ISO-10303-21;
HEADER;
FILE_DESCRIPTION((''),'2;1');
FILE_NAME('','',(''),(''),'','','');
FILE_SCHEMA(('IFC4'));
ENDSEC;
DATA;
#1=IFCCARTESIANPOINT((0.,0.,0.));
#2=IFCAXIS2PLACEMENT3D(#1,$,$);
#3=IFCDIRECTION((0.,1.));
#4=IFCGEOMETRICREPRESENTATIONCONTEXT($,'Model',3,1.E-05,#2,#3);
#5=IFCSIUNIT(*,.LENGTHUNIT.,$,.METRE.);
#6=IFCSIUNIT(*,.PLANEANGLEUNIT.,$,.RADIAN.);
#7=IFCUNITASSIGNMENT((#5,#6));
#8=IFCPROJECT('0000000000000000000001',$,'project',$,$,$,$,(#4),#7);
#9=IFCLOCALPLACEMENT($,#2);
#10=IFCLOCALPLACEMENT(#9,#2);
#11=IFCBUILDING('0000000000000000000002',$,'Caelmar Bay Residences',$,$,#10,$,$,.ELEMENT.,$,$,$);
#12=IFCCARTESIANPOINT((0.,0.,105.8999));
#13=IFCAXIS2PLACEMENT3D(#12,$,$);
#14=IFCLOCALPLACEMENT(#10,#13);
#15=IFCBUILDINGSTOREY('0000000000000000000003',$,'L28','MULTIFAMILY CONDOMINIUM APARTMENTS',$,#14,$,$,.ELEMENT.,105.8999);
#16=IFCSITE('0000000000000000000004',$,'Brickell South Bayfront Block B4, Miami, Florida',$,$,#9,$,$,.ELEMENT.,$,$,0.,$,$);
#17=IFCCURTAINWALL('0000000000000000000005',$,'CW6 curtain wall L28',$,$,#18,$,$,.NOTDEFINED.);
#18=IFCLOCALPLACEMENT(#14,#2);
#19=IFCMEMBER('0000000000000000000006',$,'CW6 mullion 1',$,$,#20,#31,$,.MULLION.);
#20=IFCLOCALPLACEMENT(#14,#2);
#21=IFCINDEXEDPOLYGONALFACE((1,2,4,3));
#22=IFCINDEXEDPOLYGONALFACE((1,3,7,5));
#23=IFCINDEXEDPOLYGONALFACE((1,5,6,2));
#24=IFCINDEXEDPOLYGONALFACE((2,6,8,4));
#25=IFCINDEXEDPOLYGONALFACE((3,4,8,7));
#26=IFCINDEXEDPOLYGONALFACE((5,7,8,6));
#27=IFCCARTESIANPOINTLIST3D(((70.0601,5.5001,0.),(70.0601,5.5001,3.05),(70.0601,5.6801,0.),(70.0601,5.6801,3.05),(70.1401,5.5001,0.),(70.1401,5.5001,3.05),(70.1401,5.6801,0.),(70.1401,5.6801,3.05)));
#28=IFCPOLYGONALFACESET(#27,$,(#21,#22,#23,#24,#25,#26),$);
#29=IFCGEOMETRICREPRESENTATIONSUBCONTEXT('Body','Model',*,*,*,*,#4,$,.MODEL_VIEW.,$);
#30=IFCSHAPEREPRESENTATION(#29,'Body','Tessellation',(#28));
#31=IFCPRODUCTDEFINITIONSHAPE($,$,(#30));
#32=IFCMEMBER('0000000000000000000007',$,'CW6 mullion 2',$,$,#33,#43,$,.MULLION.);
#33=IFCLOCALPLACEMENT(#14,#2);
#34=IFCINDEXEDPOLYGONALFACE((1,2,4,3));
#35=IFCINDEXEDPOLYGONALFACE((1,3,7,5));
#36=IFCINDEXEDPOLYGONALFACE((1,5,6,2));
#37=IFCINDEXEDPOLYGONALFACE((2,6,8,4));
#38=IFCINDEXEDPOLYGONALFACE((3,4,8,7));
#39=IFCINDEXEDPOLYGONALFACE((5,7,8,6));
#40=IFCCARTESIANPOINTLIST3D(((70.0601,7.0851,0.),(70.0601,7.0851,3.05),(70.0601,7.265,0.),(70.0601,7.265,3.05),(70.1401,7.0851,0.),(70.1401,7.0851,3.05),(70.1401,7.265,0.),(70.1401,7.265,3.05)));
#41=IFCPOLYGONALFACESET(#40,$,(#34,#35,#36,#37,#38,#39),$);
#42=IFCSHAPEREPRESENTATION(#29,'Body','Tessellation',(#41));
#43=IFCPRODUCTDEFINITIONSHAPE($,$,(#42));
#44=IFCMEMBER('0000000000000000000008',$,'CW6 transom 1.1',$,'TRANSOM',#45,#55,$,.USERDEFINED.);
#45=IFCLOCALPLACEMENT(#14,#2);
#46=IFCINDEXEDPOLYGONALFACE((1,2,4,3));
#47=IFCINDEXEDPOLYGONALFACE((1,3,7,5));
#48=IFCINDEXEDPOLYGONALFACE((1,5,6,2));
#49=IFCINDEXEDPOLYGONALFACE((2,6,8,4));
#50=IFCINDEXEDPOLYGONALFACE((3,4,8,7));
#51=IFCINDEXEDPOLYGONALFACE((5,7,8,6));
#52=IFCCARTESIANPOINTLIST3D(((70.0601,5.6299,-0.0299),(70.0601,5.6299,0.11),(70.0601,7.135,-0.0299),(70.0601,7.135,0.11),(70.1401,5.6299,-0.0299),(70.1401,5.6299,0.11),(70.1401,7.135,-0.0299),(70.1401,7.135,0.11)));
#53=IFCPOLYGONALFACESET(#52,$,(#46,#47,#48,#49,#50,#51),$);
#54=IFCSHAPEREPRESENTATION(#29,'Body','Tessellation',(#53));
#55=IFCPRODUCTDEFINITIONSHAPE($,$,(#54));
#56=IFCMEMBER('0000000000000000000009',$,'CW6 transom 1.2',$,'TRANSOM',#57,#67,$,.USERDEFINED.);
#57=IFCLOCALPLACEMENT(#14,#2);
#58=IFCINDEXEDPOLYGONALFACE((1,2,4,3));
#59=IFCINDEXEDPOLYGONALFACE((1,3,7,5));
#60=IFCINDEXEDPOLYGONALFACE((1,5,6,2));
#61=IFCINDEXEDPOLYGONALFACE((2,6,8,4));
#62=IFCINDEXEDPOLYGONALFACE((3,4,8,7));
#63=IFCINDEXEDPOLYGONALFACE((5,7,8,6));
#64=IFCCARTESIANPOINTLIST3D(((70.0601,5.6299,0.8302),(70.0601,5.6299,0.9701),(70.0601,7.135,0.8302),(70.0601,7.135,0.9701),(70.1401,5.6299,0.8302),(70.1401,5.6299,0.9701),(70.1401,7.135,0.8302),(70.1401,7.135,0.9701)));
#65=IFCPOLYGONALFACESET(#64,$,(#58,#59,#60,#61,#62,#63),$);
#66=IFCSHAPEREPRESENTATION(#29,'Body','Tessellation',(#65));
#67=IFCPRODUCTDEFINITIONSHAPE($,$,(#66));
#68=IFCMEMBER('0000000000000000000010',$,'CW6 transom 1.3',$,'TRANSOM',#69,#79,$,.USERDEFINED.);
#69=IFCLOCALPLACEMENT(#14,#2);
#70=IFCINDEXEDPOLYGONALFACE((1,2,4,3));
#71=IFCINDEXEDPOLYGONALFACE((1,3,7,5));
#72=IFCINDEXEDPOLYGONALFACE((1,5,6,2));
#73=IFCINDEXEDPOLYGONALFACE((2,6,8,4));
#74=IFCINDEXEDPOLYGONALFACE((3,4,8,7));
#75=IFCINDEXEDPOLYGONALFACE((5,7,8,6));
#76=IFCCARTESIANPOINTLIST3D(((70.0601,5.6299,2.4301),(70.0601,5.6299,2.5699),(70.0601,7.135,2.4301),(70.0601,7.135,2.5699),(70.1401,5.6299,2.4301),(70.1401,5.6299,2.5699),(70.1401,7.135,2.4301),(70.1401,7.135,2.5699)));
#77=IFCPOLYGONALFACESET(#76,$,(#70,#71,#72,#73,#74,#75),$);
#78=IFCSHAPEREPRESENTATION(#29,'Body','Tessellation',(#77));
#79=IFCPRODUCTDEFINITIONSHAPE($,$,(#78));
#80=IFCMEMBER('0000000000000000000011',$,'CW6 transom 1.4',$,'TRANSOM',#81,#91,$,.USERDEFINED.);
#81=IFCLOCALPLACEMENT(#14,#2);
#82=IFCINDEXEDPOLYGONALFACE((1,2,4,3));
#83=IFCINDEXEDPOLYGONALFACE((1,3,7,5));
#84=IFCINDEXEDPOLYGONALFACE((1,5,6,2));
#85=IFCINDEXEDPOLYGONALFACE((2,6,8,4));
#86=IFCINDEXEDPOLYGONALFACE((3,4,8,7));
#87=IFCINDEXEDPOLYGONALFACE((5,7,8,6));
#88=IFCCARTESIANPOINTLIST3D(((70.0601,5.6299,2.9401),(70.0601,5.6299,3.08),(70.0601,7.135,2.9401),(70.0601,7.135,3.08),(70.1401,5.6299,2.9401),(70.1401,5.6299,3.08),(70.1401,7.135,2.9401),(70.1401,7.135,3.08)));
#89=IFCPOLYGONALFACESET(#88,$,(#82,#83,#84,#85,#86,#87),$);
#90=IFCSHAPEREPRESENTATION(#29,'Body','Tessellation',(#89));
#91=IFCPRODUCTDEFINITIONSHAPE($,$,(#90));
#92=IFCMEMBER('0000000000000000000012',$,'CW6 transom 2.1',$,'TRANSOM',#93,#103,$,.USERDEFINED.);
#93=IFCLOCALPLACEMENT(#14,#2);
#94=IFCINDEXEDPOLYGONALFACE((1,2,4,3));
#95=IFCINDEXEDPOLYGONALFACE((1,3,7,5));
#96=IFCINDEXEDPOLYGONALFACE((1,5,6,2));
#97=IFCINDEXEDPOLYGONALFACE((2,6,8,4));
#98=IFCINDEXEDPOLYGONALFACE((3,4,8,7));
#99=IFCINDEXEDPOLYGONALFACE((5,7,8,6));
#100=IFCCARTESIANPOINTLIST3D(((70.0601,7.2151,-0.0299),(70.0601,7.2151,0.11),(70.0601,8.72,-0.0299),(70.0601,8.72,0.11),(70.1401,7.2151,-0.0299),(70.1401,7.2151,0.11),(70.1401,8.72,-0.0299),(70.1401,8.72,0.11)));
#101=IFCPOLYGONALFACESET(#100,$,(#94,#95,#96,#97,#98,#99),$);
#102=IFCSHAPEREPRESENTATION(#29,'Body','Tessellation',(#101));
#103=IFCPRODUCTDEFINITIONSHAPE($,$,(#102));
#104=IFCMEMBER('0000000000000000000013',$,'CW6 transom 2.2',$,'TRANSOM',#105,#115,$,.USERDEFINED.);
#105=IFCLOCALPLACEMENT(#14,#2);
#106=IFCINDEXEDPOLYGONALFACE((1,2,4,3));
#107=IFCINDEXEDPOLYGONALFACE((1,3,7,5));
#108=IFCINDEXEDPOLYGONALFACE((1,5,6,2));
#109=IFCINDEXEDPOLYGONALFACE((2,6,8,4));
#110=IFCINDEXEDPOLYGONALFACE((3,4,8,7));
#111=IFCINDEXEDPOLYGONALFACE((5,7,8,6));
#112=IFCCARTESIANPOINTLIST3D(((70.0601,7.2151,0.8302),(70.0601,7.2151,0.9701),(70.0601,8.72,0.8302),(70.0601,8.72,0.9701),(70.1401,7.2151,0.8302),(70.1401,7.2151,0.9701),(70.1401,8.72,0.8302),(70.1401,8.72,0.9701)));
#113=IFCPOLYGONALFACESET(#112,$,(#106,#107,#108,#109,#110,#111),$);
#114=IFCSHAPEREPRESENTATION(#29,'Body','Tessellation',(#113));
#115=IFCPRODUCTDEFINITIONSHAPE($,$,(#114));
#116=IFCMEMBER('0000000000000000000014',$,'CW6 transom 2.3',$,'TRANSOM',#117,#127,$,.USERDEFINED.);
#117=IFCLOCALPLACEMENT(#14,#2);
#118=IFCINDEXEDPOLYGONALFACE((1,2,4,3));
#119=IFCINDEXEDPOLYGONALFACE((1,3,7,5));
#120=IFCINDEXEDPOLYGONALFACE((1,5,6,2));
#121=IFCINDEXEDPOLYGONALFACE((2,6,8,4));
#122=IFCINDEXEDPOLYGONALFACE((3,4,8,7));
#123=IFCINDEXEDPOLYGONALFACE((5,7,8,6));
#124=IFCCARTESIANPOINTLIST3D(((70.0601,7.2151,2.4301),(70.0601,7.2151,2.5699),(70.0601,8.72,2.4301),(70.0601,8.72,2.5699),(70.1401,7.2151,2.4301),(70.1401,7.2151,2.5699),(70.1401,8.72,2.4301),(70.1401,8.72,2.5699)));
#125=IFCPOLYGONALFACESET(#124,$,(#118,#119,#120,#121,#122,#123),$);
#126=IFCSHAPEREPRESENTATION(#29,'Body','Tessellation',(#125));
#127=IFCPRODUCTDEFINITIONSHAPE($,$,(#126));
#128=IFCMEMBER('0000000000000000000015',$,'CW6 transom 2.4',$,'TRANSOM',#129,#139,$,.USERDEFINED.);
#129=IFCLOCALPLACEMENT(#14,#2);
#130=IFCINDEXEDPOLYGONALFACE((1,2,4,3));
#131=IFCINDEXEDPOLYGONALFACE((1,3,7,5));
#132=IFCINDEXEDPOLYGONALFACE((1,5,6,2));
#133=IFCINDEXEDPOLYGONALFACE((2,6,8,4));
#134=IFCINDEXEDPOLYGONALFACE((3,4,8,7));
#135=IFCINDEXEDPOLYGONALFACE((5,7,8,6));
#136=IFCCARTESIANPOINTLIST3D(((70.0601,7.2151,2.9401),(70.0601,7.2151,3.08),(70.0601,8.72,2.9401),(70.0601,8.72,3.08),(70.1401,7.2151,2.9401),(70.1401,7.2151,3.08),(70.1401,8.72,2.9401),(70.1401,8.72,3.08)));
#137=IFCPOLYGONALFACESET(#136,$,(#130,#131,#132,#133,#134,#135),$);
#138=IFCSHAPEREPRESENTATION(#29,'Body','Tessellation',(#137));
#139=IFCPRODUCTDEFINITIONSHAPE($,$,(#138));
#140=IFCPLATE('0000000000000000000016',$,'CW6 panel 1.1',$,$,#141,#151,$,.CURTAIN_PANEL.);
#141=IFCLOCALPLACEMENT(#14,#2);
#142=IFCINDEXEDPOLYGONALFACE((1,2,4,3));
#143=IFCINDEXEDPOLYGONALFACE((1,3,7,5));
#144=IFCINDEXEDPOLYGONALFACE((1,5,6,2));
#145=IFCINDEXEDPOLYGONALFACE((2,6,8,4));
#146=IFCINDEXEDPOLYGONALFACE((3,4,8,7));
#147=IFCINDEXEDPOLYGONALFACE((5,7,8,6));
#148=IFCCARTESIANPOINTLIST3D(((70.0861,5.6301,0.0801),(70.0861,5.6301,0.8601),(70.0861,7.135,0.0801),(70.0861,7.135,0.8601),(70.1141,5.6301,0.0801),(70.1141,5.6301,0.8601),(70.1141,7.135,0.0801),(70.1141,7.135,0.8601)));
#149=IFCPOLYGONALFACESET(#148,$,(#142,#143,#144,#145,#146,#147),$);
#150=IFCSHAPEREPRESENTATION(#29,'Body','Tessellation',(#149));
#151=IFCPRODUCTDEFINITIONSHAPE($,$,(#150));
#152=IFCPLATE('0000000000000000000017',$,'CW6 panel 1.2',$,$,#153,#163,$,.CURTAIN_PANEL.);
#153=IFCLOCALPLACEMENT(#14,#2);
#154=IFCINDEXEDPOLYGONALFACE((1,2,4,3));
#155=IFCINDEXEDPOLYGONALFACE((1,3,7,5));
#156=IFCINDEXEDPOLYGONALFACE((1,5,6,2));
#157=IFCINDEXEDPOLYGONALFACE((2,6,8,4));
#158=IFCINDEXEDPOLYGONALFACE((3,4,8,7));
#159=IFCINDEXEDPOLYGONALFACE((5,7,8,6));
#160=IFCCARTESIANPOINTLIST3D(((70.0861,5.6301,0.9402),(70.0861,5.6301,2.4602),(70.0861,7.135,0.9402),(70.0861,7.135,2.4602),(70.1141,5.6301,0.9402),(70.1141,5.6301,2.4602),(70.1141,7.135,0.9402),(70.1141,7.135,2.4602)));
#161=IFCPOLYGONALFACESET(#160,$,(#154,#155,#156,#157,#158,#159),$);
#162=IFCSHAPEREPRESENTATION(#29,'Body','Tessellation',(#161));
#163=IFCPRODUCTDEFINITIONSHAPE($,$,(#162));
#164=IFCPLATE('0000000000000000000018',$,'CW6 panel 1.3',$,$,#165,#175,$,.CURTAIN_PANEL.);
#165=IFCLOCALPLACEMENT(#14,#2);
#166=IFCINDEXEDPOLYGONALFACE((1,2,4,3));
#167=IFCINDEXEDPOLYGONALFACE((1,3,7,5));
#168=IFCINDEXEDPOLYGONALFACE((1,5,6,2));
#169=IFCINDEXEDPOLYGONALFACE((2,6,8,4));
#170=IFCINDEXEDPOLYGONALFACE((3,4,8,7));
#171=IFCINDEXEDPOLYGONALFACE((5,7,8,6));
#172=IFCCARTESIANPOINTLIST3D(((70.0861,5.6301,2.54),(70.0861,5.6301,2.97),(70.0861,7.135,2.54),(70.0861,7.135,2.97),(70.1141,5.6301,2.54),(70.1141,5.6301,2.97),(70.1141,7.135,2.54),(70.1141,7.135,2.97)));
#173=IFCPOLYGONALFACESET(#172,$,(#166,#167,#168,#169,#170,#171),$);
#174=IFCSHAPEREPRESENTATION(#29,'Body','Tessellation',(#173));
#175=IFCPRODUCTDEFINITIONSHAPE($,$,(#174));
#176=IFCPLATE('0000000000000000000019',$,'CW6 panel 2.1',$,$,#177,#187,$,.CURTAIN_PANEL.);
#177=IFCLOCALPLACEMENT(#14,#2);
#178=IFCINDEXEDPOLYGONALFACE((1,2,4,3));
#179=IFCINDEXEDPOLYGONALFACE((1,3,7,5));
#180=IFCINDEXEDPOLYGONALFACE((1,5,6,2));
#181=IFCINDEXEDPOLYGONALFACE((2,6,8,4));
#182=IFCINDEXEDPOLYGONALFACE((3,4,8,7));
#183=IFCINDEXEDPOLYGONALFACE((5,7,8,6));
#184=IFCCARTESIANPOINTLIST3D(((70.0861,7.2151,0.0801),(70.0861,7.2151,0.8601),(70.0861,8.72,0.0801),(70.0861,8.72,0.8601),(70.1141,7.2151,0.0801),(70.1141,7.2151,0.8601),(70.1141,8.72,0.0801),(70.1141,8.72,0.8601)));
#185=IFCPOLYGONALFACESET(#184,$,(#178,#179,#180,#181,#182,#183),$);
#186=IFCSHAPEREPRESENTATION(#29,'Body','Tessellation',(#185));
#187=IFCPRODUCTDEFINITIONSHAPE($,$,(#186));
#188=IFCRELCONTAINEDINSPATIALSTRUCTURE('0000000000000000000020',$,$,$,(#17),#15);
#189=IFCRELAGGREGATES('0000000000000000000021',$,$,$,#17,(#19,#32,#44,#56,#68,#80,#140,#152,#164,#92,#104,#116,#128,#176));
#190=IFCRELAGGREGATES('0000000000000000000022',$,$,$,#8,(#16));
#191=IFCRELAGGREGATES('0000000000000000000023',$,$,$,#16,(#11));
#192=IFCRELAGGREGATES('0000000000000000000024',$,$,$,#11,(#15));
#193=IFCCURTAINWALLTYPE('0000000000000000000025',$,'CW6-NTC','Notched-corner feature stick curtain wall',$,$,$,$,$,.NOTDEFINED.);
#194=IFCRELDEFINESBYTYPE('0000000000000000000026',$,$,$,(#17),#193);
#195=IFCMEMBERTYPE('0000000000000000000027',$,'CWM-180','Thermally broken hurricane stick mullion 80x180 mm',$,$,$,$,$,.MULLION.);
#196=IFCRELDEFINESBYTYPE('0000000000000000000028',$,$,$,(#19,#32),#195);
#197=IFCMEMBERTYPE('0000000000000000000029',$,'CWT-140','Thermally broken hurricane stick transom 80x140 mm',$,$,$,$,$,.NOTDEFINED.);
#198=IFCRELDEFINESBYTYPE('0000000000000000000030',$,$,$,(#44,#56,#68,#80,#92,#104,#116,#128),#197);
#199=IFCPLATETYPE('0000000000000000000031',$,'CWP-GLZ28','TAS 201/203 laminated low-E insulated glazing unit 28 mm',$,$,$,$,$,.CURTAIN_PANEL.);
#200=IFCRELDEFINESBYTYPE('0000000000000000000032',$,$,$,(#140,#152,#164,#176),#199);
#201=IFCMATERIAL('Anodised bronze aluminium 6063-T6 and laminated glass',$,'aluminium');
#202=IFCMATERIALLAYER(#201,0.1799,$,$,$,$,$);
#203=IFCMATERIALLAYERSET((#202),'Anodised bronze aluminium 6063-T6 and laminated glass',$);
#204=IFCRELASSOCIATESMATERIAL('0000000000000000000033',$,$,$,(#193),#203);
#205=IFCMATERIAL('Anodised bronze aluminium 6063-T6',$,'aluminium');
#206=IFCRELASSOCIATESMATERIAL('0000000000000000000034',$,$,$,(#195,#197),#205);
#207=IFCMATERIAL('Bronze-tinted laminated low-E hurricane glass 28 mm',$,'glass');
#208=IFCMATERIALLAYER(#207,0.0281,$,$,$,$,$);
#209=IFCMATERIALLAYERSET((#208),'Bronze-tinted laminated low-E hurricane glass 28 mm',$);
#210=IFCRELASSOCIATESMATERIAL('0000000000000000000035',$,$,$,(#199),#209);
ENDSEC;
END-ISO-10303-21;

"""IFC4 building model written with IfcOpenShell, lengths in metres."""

from ifc_helpers import new_model, si_unit, direction, frame, origin, origin_2d, place, context, subcontext, project, spatial, rectangle, extrude, material, layer, layer_set, material_profile, profile_set, type_object, element, aggregate, save


model = new_model("IFC4")

# Units and contexts
model_context = context("Model", 3, precision=1e-05, world=origin(), true_north=direction((0.0, 1.0)))
body_context = subcontext(model_context, "Body", "Model", "MODEL_VIEW")
ifc_project = project(units=[si_unit("LENGTHUNIT", "METRE"), si_unit("PLANEANGLEUNIT", "RADIAN")], contexts=[model_context])

# Site, building, storey
site_placement = place(None, origin())
site = spatial("IfcSite", under=ifc_project, at=site_placement, Name="Brickell South Bayfront Block B4, Miami, Florida", CompositionType="ELEMENT", RefElevation=0.0)
building_placement = place(site_placement, origin())
building = spatial("IfcBuilding", under=site, at=building_placement, Name="Caelmar Bay Residences", CompositionType="ELEMENT")
storey_placement = place(building_placement, frame((0.0, 0.0, 105.8999)))
storey = spatial("IfcBuildingStorey", under=building, at=storey_placement, Name="L28", Description="MULTIFAMILY CONDOMINIUM APARTMENTS", CompositionType="ELEMENT", Elevation=105.8999)

# Curtain wall, members, plates
ifc_material_1 = material(Name="Anodised bronze aluminium 6063-T6 and laminated glass", Category="aluminium")
ifc_layer_1 = layer(ifc_material_1, 0.1799)
ifc_layer_set_1 = layer_set([ifc_layer_1], Name="Anodised bronze aluminium 6063-T6 and laminated glass")
curtain_wall_type = type_object("IfcCurtainWallType", Name="CW6-NTC", Description="Notched-corner feature stick curtain wall", PredefinedType="NOTDEFINED", material=ifc_layer_set_1)
curtain_wall_placement = place(storey_placement, origin())
curtain_wall = element("IfcCurtainWall", 1, at=curtain_wall_placement, inside=storey, type_object=curtain_wall_type, Name="CW6 curtain wall L28", PredefinedType="NOTDEFINED")
ifc_material_2 = material(Name="Anodised bronze aluminium 6063-T6", Category="aluminium")
ifc_material_profile_1 = material_profile(ifc_material_2, rectangle(XDim=0.0801, YDim=0.1799, at=origin_2d()), Name="CWM-80X180")
ifc_profile_set_1 = profile_set([ifc_material_profile_1], Name="Anodised bronze aluminium 6063-T6")
member_type_1 = type_object("IfcMemberType", Name="CWM-180", Description="Thermally broken hurricane stick mullion 80x180 mm", PredefinedType="MULLION", material=ifc_profile_set_1)
member_1_placement = place(storey_placement, frame((70.1001, 5.5901, 0.0), z_axis=(0.0, 0.0, 1.0), x_axis=(-1.0, 0.0, 0.0)))
member_1 = element("IfcMember", 2, at=member_1_placement, type_object=member_type_1, Name="CW6 mullion 1", PredefinedType="MULLION", context=body_context, shape_type="SweptSolid", body=[
    extrude(rectangle(XDim=0.0801, YDim=0.1799, at=origin_2d()), origin(), (0.0, 0.0, 1.0), 3.05),
])
member_2_placement = place(storey_placement, frame((70.1001, 7.175, 0.0), z_axis=(0.0, 0.0, 1.0), x_axis=(-1.0, 0.0, 0.0)))
member_2 = element("IfcMember", 3, at=member_2_placement, type_object=member_type_1, Name="CW6 mullion 2", PredefinedType="MULLION", context=body_context, shape_type="SweptSolid", body=[
    extrude(rectangle(XDim=0.0801, YDim=0.1799, at=origin_2d()), origin(), (0.0, 0.0, 1.0), 3.05),
])
ifc_material_profile_2 = material_profile(ifc_material_2, rectangle(XDim=0.0801, YDim=0.1399, at=origin_2d()), Name="CWT-80X140")
ifc_profile_set_2 = profile_set([ifc_material_profile_2], Name="Anodised bronze aluminium 6063-T6")
member_type_2 = type_object("IfcMemberType", Name="CWT-140", Description="Thermally broken hurricane stick transom 80x140 mm", PredefinedType="NOTDEFINED", material=ifc_profile_set_2)
member_3_placement = place(storey_placement, frame((70.1001, 5.6299, 0.04), z_axis=(0.0, 1.0, 0.0), x_axis=(-1.0, 0.0, 0.0)))
member_3 = element("IfcMember", 4, at=member_3_placement, type_object=member_type_2, Name="CW6 transom 1.1", ObjectType="TRANSOM", PredefinedType="USERDEFINED", context=body_context, shape_type="SweptSolid", body=[
    extrude(rectangle(XDim=0.0801, YDim=0.1399, at=origin_2d()), origin(), (0.0, 0.0, 1.0), 1.5051),
])
member_4_placement = place(storey_placement, frame((70.1001, 5.6299, 0.9001), z_axis=(0.0, 1.0, 0.0), x_axis=(-1.0, 0.0, 0.0)))
member_4 = element("IfcMember", 5, at=member_4_placement, type_object=member_type_2, Name="CW6 transom 1.2", ObjectType="TRANSOM", PredefinedType="USERDEFINED", context=body_context, shape_type="SweptSolid", body=[
    extrude(rectangle(XDim=0.0801, YDim=0.1399, at=origin_2d()), origin(), (0.0, 0.0, 1.0), 1.5051),
])
member_5_placement = place(storey_placement, frame((70.1001, 5.6299, 2.5), z_axis=(0.0, 1.0, 0.0), x_axis=(-1.0, 0.0, 0.0)))
member_5 = element("IfcMember", 6, at=member_5_placement, type_object=member_type_2, Name="CW6 transom 1.3", ObjectType="TRANSOM", PredefinedType="USERDEFINED", context=body_context, shape_type="SweptSolid", body=[
    extrude(rectangle(XDim=0.0801, YDim=0.1399, at=origin_2d()), origin(), (0.0, 0.0, 1.0), 1.5051),
])
member_6_placement = place(storey_placement, frame((70.1001, 5.6299, 3.01), z_axis=(0.0, 1.0, 0.0), x_axis=(-1.0, 0.0, 0.0)))
member_6 = element("IfcMember", 7, at=member_6_placement, type_object=member_type_2, Name="CW6 transom 1.4", ObjectType="TRANSOM", PredefinedType="USERDEFINED", context=body_context, shape_type="SweptSolid", body=[
    extrude(rectangle(XDim=0.0801, YDim=0.1399, at=origin_2d()), origin(), (0.0, 0.0, 1.0), 1.5051),
])
member_7_placement = place(storey_placement, frame((70.1001, 7.2151, 0.04), z_axis=(0.0, 1.0, 0.0), x_axis=(-1.0, 0.0, 0.0)))
member_7 = element("IfcMember", 8, at=member_7_placement, type_object=member_type_2, Name="CW6 transom 2.1", ObjectType="TRANSOM", PredefinedType="USERDEFINED", context=body_context, shape_type="SweptSolid", body=[
    extrude(rectangle(XDim=0.0801, YDim=0.1399, at=origin_2d()), origin(), (0.0, 0.0, 1.0), 1.5049),
])
member_8_placement = place(storey_placement, frame((70.1001, 7.2151, 0.9001), z_axis=(0.0, 1.0, 0.0), x_axis=(-1.0, 0.0, 0.0)))
member_8 = element("IfcMember", 9, at=member_8_placement, type_object=member_type_2, Name="CW6 transom 2.2", ObjectType="TRANSOM", PredefinedType="USERDEFINED", context=body_context, shape_type="SweptSolid", body=[
    extrude(rectangle(XDim=0.0801, YDim=0.1399, at=origin_2d()), origin(), (0.0, 0.0, 1.0), 1.5049),
])
member_9_placement = place(storey_placement, frame((70.1001, 7.2151, 2.5), z_axis=(0.0, 1.0, 0.0), x_axis=(-1.0, 0.0, 0.0)))
member_9 = element("IfcMember", 10, at=member_9_placement, type_object=member_type_2, Name="CW6 transom 2.3", ObjectType="TRANSOM", PredefinedType="USERDEFINED", context=body_context, shape_type="SweptSolid", body=[
    extrude(rectangle(XDim=0.0801, YDim=0.1399, at=origin_2d()), origin(), (0.0, 0.0, 1.0), 1.5049),
])
member_10_placement = place(storey_placement, frame((70.1001, 7.2151, 3.01), z_axis=(0.0, 1.0, 0.0), x_axis=(-1.0, 0.0, 0.0)))
member_10 = element("IfcMember", 11, at=member_10_placement, type_object=member_type_2, Name="CW6 transom 2.4", ObjectType="TRANSOM", PredefinedType="USERDEFINED", context=body_context, shape_type="SweptSolid", body=[
    extrude(rectangle(XDim=0.0801, YDim=0.1399, at=origin_2d()), origin(), (0.0, 0.0, 1.0), 1.5049),
])
ifc_material_3 = material(Name="Bronze-tinted laminated low-E hurricane glass 28 mm", Category="glass")
ifc_layer_2 = layer(ifc_material_3, 0.0281)
ifc_layer_set_2 = layer_set([ifc_layer_2], Name="Bronze-tinted laminated low-E hurricane glass 28 mm")
plate_type = type_object("IfcPlateType", Name="CWP-GLZ28", Description="TAS 201/203 laminated low-E insulated glazing unit 28 mm", PredefinedType="CURTAIN_PANEL", material=ifc_layer_set_2)
plate_1_placement = place(storey_placement, frame((70.1001, 6.3826, 0.0801), z_axis=(0.0, 0.0, 1.0), x_axis=(0.0, 1.0, 0.0)))
plate_1 = element("IfcPlate", 12, at=plate_1_placement, type_object=plate_type, Name="CW6 panel 1.1", PredefinedType="CURTAIN_PANEL", context=body_context, shape_type="SweptSolid", body=[
    extrude(rectangle(XDim=1.5049, YDim=0.0281, at=origin_2d()), origin(), (0.0, 0.0, 1.0), 0.78),
])
plate_2_placement = place(storey_placement, frame((70.1001, 6.3826, 0.9402), z_axis=(0.0, 0.0, 1.0), x_axis=(0.0, 1.0, 0.0)))
plate_2 = element("IfcPlate", 13, at=plate_2_placement, type_object=plate_type, Name="CW6 panel 1.2", PredefinedType="CURTAIN_PANEL", context=body_context, shape_type="SweptSolid", body=[
    extrude(rectangle(XDim=1.5049, YDim=0.0281, at=origin_2d()), origin(), (0.0, 0.0, 1.0), 1.52),
])
plate_3_placement = place(storey_placement, frame((70.1001, 6.3826, 2.54), z_axis=(0.0, 0.0, 1.0), x_axis=(0.0, 1.0, 0.0)))
plate_3 = element("IfcPlate", 14, at=plate_3_placement, type_object=plate_type, Name="CW6 panel 1.3", PredefinedType="CURTAIN_PANEL", context=body_context, shape_type="SweptSolid", body=[
    extrude(rectangle(XDim=1.5049, YDim=0.0281, at=origin_2d()), origin(), (0.0, 0.0, 1.0), 0.4299),
])
plate_4_placement = place(storey_placement, frame((70.1001, 7.9675, 0.0801), z_axis=(0.0, 0.0, 1.0), x_axis=(0.0, 1.0, 0.0)))
plate_4 = element("IfcPlate", 15, at=plate_4_placement, type_object=plate_type, Name="CW6 panel 2.1", PredefinedType="CURTAIN_PANEL", context=body_context, shape_type="SweptSolid", body=[
    extrude(rectangle(XDim=1.5049, YDim=0.0281, at=origin_2d()), origin(), (0.0, 0.0, 1.0), 0.78),
])
aggregate(curtain_wall, [member_1, member_2, member_3, member_4, member_5, member_6, plate_1, plate_2, plate_3, member_7, member_8, member_9, member_10, plate_4])

save(model, "model.ifc")
